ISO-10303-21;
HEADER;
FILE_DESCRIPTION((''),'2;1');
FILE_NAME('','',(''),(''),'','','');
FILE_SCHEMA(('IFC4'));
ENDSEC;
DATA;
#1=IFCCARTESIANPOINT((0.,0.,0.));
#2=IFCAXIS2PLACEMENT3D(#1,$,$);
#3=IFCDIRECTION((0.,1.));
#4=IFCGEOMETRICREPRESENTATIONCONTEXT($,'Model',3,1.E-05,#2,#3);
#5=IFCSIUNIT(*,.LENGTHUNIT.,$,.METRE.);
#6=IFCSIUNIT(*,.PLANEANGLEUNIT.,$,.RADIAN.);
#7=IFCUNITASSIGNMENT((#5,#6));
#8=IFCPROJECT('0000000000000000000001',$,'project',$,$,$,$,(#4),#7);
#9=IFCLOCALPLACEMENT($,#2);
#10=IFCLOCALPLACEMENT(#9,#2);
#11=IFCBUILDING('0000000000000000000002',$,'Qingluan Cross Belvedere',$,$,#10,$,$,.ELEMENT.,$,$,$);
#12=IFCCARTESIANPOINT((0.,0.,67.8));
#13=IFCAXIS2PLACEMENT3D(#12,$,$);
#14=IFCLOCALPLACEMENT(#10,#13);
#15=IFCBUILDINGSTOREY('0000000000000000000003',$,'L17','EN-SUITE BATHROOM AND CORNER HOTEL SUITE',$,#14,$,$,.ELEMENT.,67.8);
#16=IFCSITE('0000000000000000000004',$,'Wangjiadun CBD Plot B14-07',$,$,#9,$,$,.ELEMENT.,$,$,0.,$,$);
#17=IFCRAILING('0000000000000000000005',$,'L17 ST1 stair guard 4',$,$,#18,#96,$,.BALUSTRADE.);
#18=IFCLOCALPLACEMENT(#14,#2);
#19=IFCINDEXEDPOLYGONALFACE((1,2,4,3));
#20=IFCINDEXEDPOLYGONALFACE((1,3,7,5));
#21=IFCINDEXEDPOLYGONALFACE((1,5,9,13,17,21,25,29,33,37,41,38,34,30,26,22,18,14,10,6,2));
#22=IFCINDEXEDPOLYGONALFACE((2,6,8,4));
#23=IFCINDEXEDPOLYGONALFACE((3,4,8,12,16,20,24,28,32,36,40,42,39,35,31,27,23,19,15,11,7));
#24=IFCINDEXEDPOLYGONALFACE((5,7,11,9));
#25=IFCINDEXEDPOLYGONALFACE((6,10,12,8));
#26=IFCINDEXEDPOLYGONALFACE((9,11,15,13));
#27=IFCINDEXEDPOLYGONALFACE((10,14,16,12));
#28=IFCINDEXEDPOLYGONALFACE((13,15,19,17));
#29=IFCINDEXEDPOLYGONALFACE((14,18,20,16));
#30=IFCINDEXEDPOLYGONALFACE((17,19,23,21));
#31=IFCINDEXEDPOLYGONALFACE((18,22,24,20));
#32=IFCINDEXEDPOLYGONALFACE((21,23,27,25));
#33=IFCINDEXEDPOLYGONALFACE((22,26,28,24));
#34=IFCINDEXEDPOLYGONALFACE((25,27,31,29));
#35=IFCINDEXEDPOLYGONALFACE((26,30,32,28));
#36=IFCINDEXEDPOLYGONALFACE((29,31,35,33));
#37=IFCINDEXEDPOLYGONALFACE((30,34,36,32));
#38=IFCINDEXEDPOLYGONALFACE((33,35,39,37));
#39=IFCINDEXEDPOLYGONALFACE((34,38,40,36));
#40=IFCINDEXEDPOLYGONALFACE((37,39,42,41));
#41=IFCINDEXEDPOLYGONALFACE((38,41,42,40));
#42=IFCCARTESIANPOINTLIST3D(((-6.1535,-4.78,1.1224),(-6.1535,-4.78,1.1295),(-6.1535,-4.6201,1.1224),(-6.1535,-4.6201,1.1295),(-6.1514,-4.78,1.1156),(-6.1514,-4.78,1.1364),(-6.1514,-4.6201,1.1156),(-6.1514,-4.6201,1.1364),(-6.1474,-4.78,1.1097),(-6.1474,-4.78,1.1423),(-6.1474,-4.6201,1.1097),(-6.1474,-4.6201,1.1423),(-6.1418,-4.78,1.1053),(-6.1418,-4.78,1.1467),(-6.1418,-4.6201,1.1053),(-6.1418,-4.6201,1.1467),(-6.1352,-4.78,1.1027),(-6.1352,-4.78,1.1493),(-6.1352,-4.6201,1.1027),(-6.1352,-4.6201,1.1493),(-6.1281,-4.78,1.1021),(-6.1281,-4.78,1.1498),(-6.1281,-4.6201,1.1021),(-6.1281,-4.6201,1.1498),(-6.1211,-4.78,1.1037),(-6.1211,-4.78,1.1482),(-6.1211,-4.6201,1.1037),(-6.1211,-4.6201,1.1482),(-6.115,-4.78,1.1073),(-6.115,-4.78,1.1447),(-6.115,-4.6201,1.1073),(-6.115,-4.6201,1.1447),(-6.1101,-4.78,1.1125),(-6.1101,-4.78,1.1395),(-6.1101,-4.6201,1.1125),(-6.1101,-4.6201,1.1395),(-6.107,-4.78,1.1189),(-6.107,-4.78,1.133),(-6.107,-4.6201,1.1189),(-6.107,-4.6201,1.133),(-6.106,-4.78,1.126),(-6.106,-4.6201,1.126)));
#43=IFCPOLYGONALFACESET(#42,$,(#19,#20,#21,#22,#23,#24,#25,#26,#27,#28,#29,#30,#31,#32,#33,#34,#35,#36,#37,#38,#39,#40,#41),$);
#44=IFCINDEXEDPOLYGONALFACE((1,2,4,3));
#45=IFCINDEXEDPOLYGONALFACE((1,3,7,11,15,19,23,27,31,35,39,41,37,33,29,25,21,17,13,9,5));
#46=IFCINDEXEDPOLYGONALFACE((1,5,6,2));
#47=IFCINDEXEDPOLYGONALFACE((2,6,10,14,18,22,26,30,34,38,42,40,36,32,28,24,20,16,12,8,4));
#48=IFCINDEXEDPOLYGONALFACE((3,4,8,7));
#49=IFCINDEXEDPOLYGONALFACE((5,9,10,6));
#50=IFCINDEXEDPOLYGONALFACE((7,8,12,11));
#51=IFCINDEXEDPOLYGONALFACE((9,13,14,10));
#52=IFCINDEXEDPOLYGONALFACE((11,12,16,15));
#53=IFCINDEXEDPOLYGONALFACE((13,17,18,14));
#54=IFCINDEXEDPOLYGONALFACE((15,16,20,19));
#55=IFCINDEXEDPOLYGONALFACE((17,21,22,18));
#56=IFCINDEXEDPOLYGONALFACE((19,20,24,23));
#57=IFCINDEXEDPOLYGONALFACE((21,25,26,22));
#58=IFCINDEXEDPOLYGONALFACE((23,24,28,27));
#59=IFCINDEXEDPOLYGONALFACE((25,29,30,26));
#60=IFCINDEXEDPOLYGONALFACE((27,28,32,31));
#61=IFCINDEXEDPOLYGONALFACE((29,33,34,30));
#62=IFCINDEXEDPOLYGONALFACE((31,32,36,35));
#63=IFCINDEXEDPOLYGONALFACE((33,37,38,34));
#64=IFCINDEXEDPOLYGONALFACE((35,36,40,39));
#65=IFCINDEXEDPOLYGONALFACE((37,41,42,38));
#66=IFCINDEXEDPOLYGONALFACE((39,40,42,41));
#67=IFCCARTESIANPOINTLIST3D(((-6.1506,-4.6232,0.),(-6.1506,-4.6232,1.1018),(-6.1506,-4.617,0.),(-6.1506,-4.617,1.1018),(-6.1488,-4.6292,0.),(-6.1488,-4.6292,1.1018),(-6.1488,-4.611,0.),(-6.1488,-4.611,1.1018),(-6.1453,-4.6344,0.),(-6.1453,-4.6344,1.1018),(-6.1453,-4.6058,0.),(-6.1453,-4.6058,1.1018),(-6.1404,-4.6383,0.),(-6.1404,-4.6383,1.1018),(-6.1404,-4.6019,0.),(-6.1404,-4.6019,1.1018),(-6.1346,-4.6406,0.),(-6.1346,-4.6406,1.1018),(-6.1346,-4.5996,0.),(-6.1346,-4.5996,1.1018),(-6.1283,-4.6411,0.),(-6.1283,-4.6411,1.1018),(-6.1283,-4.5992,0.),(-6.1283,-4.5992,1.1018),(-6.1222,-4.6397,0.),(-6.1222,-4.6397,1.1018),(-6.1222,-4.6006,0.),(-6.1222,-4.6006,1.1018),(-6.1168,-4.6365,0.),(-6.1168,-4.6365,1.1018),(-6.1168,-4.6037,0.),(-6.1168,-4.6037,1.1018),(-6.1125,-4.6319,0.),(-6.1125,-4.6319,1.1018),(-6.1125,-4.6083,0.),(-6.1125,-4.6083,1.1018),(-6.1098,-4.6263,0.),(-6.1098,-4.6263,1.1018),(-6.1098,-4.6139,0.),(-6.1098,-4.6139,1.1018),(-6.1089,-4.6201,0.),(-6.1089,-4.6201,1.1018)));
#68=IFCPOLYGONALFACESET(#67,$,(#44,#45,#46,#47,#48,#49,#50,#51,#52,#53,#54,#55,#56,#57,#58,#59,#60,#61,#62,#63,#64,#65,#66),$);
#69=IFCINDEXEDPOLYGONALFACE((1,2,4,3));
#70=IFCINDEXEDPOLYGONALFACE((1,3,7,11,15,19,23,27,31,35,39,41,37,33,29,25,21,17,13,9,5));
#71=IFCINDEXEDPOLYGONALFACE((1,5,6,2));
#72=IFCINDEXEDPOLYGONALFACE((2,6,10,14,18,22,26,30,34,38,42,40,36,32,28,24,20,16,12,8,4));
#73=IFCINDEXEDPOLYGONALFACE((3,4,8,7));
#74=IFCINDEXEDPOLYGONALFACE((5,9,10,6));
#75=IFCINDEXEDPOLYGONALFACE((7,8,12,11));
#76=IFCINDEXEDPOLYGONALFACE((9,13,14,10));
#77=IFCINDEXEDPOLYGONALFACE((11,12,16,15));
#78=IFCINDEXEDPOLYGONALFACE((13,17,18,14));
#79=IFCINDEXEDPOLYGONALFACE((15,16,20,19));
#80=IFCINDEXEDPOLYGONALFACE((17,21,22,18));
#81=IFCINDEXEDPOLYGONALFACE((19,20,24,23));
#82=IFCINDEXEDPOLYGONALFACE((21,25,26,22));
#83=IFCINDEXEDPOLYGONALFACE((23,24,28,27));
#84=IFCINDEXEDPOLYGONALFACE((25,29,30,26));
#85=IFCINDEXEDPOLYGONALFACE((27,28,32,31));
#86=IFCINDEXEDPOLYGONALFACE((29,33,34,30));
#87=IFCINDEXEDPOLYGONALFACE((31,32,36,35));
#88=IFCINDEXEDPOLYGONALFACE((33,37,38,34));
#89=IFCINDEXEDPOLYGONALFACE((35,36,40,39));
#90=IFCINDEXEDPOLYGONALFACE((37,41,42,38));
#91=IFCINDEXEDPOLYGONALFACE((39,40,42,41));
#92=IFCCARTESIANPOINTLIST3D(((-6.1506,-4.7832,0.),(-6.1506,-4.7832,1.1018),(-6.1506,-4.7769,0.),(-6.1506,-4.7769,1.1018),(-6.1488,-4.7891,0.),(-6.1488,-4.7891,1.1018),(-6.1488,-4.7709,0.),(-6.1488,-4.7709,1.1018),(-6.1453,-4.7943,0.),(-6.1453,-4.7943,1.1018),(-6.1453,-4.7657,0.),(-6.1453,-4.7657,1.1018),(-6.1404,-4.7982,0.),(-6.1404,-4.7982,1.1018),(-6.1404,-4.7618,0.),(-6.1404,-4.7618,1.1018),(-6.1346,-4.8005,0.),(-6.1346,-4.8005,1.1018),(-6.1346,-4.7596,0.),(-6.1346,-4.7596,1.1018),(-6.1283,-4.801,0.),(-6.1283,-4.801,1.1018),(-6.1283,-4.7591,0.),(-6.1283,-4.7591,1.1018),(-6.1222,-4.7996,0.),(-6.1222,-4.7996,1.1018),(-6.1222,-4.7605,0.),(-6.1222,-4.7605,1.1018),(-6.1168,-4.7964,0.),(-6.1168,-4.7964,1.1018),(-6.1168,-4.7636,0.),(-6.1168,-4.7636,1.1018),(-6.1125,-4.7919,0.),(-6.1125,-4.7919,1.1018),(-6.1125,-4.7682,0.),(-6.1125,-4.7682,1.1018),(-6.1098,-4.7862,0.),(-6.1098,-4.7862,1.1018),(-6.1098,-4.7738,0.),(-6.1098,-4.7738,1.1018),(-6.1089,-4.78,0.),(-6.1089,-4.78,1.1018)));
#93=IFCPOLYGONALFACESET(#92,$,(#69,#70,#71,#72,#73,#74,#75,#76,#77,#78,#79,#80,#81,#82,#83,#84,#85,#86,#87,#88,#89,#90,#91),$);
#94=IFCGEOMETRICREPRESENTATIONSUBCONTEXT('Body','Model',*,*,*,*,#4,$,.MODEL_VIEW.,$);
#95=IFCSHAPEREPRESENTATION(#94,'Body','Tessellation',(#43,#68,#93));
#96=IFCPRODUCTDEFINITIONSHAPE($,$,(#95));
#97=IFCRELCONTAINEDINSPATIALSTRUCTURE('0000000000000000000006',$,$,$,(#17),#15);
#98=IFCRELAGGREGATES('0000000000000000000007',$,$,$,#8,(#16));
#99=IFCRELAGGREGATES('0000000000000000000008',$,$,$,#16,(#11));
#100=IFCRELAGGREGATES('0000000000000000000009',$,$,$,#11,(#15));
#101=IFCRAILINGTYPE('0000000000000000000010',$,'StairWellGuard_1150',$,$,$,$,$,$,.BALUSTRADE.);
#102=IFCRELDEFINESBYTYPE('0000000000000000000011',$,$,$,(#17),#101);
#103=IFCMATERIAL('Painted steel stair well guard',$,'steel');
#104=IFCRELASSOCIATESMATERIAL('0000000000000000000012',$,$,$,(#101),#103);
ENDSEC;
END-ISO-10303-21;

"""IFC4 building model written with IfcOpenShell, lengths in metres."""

from ifc_helpers import new_model, si_unit, direction, frame, origin, origin_2d, place, context, subcontext, project, spatial, circle, extrude, material, type_object, element, save


model = new_model("IFC4")

# Units and contexts
model_context = context("Model", 3, precision=1e-05, world=origin(), true_north=direction((0.0, 1.0)))
body_context = subcontext(model_context, "Body", "Model", "MODEL_VIEW")
ifc_project = project(units=[si_unit("LENGTHUNIT", "METRE"), si_unit("PLANEANGLEUNIT", "RADIAN")], contexts=[model_context])

# Site, building, storey
site_placement = place(None, origin())
site = spatial("IfcSite", under=ifc_project, at=site_placement, Name="Wangjiadun CBD Plot B14-07", CompositionType="ELEMENT", RefElevation=0.0)
building_placement = place(site_placement, origin())
building = spatial("IfcBuilding", under=site, at=building_placement, Name="Qingluan Cross Belvedere", CompositionType="ELEMENT")
storey_placement = place(building_placement, frame((0.0, 0.0, 67.8)))
storey = spatial("IfcBuildingStorey", under=building, at=storey_placement, Name="L17", Description="EN-SUITE BATHROOM AND CORNER HOTEL SUITE", CompositionType="ELEMENT", Elevation=67.8)

# Railing
ifc_material_1 = material(Name="Painted steel stair well guard", Category="steel")
railing_type_1 = type_object("IfcRailingType", Name="StairWellGuard_1150", PredefinedType="BALUSTRADE", material=ifc_material_1)
railing_1_placement = place(storey_placement, frame((-6.1299, -4.6201, 0.0)))
element("IfcRailing", 1, at=railing_1_placement, inside=storey, type_object=railing_type_1, Name="L17 ST1 stair guard 4", PredefinedType="BALUSTRADE", context=body_context, shape_type="SweptSolid", body=[
    extrude(circle(Radius=0.0239, at=origin_2d()), frame((0.0, 0.0, 1.126), z_axis=(0.0, -1.0, 0.0), x_axis=(1.0, 0.0, 0.0)), (0.0, 0.0, 1.0), 0.1599),
    extrude(circle(Radius=0.021, at=origin_2d()), origin(), (0.0, 0.0, 1.0), 1.1018),
    extrude(circle(Radius=0.021, at=origin_2d()), frame((0.0, -0.1599, 0.0)), (0.0, 0.0, 1.0), 1.1018),
])

save(model, "model.ifc")
